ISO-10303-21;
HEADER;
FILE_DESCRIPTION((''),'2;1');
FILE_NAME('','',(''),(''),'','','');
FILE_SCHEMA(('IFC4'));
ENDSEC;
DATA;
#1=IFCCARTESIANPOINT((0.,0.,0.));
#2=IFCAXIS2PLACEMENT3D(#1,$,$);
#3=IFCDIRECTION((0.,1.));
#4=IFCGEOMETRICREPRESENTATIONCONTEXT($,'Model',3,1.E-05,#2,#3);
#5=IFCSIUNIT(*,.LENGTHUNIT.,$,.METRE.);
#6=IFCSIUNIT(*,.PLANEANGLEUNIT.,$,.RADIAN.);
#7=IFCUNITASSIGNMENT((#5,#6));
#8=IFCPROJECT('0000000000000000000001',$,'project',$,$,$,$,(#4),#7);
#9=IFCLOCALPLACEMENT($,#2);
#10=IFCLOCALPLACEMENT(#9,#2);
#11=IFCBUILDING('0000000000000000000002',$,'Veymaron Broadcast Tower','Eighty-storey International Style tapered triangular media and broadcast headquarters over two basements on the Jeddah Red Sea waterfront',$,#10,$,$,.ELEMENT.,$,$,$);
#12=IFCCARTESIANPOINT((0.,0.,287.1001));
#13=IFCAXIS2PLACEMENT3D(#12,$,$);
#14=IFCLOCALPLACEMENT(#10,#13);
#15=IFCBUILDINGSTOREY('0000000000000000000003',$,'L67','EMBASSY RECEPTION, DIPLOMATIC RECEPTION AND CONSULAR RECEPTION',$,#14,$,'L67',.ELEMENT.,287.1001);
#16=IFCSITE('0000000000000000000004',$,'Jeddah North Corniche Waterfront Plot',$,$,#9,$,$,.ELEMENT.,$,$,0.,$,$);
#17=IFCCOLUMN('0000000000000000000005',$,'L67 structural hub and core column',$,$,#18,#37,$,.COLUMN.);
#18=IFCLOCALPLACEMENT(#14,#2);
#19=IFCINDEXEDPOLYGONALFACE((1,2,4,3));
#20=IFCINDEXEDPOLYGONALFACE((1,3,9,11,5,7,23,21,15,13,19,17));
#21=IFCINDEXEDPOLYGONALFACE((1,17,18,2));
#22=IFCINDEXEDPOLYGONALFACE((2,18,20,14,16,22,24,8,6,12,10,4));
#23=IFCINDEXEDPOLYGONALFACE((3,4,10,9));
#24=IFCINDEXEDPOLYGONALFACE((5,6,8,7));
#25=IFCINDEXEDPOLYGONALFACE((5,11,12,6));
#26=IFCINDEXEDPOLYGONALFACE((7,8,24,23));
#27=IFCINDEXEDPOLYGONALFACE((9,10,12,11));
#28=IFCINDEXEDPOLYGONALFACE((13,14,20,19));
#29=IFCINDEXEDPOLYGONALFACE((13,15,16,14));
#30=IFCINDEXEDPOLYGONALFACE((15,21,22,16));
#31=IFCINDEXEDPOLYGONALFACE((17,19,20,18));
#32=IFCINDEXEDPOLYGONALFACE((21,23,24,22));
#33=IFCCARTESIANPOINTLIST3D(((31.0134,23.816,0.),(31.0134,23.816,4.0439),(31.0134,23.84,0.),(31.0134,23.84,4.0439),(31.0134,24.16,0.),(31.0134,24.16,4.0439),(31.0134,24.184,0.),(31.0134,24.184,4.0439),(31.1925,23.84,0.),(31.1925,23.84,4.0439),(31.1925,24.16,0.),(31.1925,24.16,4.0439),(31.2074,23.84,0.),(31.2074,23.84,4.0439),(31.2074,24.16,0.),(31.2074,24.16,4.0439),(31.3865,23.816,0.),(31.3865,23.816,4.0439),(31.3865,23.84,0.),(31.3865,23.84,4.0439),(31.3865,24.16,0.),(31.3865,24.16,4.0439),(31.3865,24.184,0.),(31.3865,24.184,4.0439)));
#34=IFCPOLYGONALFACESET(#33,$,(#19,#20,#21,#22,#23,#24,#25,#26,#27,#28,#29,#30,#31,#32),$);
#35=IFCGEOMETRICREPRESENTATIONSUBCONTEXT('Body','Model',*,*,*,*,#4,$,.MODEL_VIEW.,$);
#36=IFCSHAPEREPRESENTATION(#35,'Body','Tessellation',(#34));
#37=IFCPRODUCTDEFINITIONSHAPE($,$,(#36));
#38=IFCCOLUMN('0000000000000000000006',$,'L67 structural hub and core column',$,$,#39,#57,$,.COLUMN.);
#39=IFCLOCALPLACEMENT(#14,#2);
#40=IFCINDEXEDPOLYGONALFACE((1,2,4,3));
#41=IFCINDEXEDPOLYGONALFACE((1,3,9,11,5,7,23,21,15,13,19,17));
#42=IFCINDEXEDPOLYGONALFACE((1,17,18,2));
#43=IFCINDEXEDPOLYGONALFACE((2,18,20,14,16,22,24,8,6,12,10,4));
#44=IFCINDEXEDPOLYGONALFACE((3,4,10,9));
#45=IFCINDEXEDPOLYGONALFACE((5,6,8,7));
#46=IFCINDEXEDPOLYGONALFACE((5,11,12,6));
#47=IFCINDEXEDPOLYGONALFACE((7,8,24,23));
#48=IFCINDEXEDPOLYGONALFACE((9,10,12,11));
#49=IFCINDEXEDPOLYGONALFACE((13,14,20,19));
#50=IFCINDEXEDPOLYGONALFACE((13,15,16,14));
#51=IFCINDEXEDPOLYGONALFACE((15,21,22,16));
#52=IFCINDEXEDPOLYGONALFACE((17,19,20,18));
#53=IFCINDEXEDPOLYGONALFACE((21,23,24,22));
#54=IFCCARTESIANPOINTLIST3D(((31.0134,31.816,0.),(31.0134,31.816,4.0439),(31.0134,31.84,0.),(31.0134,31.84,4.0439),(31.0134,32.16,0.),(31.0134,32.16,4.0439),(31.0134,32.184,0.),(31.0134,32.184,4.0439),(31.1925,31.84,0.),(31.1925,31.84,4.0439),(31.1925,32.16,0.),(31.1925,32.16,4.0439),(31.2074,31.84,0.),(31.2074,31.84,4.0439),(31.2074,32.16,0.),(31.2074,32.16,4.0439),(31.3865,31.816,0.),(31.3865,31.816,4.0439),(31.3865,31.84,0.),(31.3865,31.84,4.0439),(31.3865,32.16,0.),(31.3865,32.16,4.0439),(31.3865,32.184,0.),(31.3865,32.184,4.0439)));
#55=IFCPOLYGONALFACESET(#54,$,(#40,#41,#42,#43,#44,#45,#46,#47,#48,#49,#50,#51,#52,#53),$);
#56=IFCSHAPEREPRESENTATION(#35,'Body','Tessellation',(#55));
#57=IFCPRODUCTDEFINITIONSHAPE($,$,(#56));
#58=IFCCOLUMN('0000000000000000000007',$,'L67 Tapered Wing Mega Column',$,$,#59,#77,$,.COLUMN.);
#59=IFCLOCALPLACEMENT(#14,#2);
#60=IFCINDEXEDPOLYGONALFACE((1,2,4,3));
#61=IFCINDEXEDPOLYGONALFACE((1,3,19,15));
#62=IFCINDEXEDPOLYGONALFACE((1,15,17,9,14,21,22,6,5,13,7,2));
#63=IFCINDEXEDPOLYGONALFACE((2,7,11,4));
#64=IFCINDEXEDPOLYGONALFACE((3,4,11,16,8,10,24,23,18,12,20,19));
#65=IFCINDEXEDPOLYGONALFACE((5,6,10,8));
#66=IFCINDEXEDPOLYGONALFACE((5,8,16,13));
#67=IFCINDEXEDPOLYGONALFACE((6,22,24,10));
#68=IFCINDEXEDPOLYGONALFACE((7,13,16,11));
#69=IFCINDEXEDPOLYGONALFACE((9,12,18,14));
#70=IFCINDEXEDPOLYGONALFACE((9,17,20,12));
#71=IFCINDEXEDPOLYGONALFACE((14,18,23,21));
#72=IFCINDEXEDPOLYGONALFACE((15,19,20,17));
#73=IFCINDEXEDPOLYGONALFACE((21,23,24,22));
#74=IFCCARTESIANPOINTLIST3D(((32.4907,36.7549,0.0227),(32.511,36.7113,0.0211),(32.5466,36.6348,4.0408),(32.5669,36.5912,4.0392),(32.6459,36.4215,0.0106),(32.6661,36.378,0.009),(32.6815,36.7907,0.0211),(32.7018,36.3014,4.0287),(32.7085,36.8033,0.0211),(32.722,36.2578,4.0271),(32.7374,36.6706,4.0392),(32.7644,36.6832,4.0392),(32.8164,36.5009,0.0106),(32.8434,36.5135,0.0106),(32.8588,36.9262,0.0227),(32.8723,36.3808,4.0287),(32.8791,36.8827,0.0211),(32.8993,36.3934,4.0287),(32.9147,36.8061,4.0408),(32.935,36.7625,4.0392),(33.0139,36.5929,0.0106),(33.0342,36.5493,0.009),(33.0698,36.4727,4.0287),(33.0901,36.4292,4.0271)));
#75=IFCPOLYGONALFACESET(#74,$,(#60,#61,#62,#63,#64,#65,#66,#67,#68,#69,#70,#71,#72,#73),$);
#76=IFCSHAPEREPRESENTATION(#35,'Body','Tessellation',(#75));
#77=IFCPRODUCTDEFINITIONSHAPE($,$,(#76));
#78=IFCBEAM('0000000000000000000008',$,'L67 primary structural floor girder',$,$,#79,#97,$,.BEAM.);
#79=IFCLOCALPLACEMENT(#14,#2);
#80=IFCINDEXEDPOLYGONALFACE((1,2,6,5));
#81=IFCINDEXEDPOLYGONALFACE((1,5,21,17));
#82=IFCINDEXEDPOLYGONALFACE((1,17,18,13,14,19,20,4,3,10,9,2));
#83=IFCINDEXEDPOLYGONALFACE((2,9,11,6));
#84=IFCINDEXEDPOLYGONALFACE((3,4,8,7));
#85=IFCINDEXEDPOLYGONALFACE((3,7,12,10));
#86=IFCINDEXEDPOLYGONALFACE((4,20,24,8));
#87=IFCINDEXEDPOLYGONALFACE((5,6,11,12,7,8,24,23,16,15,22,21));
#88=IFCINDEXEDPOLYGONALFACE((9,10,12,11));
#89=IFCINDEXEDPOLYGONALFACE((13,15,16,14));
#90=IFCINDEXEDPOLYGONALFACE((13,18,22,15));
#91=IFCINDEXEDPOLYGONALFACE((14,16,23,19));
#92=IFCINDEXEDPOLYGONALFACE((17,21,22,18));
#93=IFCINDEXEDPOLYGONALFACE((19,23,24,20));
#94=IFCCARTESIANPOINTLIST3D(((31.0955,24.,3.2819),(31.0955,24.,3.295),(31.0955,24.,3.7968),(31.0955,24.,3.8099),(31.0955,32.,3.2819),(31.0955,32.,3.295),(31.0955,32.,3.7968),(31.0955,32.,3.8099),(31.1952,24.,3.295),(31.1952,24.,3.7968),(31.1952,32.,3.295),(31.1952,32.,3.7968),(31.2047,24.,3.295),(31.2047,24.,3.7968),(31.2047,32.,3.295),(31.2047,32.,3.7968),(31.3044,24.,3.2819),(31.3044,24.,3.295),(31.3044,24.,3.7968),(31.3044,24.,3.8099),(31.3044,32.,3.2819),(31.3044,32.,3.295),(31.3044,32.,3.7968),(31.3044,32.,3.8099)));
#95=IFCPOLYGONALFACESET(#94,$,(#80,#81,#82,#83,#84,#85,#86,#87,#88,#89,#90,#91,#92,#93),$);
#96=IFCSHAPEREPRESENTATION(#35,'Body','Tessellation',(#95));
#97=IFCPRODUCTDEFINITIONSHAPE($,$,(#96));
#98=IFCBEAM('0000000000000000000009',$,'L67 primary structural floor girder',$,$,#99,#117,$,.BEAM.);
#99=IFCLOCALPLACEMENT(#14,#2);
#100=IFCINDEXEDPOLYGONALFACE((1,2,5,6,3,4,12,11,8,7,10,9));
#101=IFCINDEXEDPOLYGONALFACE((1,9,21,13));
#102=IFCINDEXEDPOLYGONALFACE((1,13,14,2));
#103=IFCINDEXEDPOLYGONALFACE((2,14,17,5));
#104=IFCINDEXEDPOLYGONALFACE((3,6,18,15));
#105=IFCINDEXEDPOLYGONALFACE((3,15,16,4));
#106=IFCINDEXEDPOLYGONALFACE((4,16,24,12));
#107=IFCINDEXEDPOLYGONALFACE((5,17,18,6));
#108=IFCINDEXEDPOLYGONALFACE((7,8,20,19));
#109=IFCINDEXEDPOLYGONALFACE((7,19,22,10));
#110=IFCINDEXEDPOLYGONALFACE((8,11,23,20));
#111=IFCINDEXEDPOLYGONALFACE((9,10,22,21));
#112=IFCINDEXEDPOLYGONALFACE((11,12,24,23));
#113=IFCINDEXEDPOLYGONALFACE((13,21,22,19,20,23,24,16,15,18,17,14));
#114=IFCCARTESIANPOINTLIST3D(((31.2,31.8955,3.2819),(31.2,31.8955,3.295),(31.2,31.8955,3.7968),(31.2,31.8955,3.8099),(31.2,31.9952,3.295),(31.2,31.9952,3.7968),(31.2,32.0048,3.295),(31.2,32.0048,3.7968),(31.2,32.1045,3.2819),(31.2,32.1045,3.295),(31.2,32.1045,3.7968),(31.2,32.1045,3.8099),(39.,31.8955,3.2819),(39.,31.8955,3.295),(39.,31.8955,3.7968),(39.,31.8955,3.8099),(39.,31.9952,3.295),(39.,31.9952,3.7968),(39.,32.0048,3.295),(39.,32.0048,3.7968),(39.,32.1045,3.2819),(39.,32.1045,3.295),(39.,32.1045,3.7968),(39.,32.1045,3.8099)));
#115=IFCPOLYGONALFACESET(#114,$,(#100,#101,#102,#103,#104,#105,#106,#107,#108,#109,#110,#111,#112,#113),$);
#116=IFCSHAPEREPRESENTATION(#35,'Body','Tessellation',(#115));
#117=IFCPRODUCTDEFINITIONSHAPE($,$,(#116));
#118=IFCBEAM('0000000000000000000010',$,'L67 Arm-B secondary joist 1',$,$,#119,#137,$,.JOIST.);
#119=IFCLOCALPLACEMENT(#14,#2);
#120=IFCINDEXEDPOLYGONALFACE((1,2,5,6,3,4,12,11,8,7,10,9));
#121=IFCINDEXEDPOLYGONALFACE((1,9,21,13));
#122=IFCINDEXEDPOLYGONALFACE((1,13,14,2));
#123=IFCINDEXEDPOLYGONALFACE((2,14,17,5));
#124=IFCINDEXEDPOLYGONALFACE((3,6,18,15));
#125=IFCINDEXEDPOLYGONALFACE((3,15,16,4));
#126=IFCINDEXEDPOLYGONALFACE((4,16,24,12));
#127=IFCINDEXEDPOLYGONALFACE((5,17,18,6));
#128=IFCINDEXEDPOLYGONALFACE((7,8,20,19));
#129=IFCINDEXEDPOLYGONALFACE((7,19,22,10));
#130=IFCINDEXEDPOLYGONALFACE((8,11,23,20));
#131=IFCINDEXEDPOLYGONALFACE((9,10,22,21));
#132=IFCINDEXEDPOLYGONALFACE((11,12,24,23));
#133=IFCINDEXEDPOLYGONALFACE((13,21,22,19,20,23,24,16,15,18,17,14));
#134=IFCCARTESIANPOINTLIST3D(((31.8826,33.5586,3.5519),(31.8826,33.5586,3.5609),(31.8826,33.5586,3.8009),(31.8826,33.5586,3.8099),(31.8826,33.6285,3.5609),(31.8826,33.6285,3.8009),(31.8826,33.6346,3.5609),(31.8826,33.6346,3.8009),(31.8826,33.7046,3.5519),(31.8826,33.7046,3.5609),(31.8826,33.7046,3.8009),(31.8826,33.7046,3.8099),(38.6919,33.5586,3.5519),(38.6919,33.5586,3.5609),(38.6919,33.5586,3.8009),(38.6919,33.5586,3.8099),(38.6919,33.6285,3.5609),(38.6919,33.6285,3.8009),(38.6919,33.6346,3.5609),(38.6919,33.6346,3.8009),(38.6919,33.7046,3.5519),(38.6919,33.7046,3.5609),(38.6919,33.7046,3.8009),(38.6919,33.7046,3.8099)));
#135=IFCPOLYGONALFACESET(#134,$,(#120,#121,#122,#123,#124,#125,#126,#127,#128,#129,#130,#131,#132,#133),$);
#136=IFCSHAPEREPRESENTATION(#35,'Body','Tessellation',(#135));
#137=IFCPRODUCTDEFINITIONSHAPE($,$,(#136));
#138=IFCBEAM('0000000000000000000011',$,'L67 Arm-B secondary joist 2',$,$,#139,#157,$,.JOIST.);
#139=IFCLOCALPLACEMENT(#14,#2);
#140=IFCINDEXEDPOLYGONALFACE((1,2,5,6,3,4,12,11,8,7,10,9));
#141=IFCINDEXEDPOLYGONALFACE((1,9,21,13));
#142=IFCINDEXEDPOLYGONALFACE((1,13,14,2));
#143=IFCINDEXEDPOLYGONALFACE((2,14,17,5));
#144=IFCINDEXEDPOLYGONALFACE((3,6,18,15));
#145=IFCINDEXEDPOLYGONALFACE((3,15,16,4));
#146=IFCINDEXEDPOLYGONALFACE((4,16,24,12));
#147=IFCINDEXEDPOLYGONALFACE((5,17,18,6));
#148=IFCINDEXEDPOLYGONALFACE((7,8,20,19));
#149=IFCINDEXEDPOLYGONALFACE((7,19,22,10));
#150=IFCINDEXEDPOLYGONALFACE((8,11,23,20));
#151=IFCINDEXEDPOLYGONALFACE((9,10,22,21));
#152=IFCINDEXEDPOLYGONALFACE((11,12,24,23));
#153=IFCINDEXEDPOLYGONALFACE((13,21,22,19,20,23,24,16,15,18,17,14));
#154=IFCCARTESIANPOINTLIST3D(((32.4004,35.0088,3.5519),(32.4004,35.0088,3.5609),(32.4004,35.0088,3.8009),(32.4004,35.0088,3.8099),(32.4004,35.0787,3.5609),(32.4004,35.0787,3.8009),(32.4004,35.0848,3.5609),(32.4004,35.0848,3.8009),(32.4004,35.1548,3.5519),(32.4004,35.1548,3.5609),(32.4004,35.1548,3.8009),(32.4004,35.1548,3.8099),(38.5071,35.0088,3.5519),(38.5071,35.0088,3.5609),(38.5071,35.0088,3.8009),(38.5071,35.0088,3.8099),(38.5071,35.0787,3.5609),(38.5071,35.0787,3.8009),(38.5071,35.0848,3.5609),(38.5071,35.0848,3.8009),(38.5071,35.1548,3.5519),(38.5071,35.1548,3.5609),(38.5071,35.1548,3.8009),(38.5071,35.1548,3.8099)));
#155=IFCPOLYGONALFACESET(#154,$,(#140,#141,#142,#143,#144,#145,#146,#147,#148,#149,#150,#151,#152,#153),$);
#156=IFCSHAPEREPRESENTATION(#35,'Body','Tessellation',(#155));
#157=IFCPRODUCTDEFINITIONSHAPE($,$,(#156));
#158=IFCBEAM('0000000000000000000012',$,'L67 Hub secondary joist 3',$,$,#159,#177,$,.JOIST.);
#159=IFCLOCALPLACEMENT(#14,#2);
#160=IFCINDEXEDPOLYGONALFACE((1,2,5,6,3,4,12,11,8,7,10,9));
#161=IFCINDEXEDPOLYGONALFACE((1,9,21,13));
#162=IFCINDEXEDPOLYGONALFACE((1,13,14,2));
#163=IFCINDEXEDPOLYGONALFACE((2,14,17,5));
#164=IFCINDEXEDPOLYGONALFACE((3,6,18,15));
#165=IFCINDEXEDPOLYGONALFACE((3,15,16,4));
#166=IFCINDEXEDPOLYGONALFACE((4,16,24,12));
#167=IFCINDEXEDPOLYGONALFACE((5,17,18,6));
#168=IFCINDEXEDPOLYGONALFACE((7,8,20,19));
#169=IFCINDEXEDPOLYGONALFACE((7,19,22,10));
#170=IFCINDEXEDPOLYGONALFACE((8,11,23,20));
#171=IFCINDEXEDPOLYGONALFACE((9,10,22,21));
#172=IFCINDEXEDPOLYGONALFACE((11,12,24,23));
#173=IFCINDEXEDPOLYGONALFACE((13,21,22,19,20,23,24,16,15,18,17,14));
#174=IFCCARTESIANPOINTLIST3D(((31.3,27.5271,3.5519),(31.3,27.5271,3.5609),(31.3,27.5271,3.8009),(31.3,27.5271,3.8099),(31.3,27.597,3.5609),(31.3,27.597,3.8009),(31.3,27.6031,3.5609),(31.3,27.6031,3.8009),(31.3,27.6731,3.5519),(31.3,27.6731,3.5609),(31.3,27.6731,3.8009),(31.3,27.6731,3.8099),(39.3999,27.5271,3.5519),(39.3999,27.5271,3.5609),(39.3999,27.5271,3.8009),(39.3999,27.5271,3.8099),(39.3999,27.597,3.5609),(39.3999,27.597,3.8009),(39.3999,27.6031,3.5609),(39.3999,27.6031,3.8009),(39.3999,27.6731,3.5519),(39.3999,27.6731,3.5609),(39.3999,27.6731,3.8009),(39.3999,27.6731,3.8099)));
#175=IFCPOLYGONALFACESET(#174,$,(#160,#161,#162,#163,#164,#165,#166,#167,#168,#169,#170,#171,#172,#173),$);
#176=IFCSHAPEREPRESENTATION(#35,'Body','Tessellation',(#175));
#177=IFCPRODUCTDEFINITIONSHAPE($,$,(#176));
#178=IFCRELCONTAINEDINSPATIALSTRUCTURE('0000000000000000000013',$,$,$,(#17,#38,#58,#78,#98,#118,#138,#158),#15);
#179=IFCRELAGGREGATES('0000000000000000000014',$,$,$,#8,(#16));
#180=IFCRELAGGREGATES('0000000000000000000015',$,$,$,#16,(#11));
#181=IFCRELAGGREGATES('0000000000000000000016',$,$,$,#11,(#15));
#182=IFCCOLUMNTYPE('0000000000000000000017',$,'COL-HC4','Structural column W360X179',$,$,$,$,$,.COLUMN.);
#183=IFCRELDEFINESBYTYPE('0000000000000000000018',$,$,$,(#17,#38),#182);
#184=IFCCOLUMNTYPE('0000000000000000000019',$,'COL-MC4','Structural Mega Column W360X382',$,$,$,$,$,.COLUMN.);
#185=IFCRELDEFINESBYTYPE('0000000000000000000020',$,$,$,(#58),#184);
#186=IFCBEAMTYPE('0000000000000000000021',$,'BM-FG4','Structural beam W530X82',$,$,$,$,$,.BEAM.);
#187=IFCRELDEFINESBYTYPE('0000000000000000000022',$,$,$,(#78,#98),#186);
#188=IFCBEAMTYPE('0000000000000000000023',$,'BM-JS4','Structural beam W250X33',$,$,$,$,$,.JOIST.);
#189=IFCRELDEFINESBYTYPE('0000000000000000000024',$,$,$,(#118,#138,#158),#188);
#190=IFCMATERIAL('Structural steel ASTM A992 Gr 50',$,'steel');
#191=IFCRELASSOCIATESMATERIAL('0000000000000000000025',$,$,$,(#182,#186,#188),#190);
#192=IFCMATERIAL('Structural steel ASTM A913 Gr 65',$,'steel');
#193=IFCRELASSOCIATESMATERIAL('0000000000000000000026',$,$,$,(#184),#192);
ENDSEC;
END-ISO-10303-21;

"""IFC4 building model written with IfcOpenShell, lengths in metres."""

from ifc_helpers import new_model, si_unit, direction, frame, origin, origin_2d, place, context, subcontext, project, spatial, i_section, extrude, material, material_profile, profile_set, type_object, element, save


model = new_model("IFC4")

# Units and contexts
model_context = context("Model", 3, precision=1e-05, world=origin(), true_north=direction((0.0, 1.0)))
body_context = subcontext(model_context, "Body", "Model", "MODEL_VIEW")
ifc_project = project(units=[si_unit("LENGTHUNIT", "METRE"), si_unit("PLANEANGLEUNIT", "RADIAN")], contexts=[model_context])

# Site, building, storey
site_placement = place(None, origin())
site = spatial("IfcSite", under=ifc_project, at=site_placement, Name="Jeddah North Corniche Waterfront Plot", CompositionType="ELEMENT", RefElevation=0.0)
building_placement = place(site_placement, origin())
building = spatial("IfcBuilding", under=site, at=building_placement, Name="Veymaron Broadcast Tower", Description="Eighty-storey International Style tapered triangular media and broadcast headquarters over two basements on the Jeddah Red Sea waterfront", CompositionType="ELEMENT")
storey_placement = place(building_placement, frame((0.0, 0.0, 287.1001)))
storey = spatial("IfcBuildingStorey", under=building, at=storey_placement, Name="L67", Description="EMBASSY RECEPTION, DIPLOMATIC RECEPTION AND CONSULAR RECEPTION", LongName="L67", CompositionType="ELEMENT", Elevation=287.1001)

# Columns
ifc_material_1 = material(Name="Structural steel ASTM A992 Gr 50", Category="steel")
ifc_material_profile_1 = material_profile(ifc_material_1, i_section(OverallWidth=0.373, OverallDepth=0.3679, WebThickness=0.0149, FlangeThickness=0.0239, at=origin_2d()), Name="W360X179")
ifc_profile_set_1 = profile_set([ifc_material_profile_1], Name="Structural steel ASTM A992 Gr 50")
column_type_1 = type_object("IfcColumnType", Name="COL-HC4", Description="Structural column W360X179", PredefinedType="COLUMN", material=ifc_profile_set_1)
for number, where, z_axis, x_axis, name in (
    (1, (31.2, 24.0, 0.0), (0.0, 0.0, 1.0), (1.0, 0.0, 0.0), "L67 structural hub and core column"),
    (2, (31.2, 32.0, 0.0), (0.0, 0.0, 1.0), (1.0, 0.0, 0.0), "L67 structural hub and core column"),
):
    element("IfcColumn", number, at=place(storey_placement, frame(where, z_axis=z_axis, x_axis=x_axis)), inside=storey, type_object=column_type_1, Name=name, PredefinedType="COLUMN", context=body_context, shape_type="SweptSolid", body=[
        extrude(i_section(OverallWidth=0.373, OverallDepth=0.3679, WebThickness=0.0149, FlangeThickness=0.0239, at=origin_2d()), origin(), (0.0, 0.0, 1.0), 4.0439),
    ])
ifc_material_2 = material(Name="Structural steel ASTM A913 Gr 65", Category="steel")
ifc_material_profile_2 = material_profile(ifc_material_2, i_section(OverallWidth=0.406, OverallDepth=0.416, WebThickness=0.0298, FlangeThickness=0.0481, at=origin_2d()), Name="W360X382")
ifc_profile_set_2 = profile_set([ifc_material_profile_2], Name="Structural steel ASTM A913 Gr 65")
column_type_2 = type_object("IfcColumnType", Name="COL-MC4", Description="Structural Mega Column W360X382", PredefinedType="COLUMN", material=ifc_profile_set_2)
column_placement = place(storey_placement, frame((32.7625, 36.6521, 0.0159), z_axis=(0.013907, -0.029878, 0.999457), x_axis=(0.906606, 0.421977, 0.0)))
element("IfcColumn", 3, at=column_placement, inside=storey, type_object=column_type_2, Name="L67 Tapered Wing Mega Column", PredefinedType="COLUMN", context=body_context, shape_type="SweptSolid", body=[
    extrude(i_section(OverallWidth=0.406, OverallDepth=0.416, WebThickness=0.0298, FlangeThickness=0.0481, at=origin_2d()), origin(), (0.0, 0.0, 1.0), 4.0203),
])

# Beams
ifc_material_profile_3 = material_profile(ifc_material_1, i_section(OverallWidth=0.209, OverallDepth=0.5281, WebThickness=0.0095, FlangeThickness=0.0132, at=origin_2d()), Name="W530X82")
ifc_profile_set_3 = profile_set([ifc_material_profile_3], Name="Structural steel ASTM A992 Gr 50")
beam_type_1 = type_object("IfcBeamType", Name="BM-FG4", Description="Structural beam W530X82", PredefinedType="BEAM", material=ifc_profile_set_3)
beam_1_placement = place(storey_placement, frame((31.2, 24.0, 3.5459), z_axis=(0.0, 1.0, 0.0), x_axis=(-1.0, 0.0, 0.0)))
element("IfcBeam", 4, at=beam_1_placement, inside=storey, type_object=beam_type_1, Name="L67 primary structural floor girder", PredefinedType="BEAM", context=body_context, shape_type="SweptSolid", body=[
    extrude(i_section(OverallWidth=0.209, OverallDepth=0.5281, WebThickness=0.0095, FlangeThickness=0.0132, at=origin_2d()), origin(), (0.0, 0.0, 1.0), 8.0),
])
beam_2_placement = place(storey_placement, frame((31.2, 32.0, 3.5459), z_axis=(1.0, 0.0, 0.0), x_axis=(0.0, 1.0, 0.0)))
element("IfcBeam", 5, at=beam_2_placement, inside=storey, type_object=beam_type_1, Name="L67 primary structural floor girder", PredefinedType="BEAM", context=body_context, shape_type="SweptSolid", body=[
    extrude(i_section(OverallWidth=0.209, OverallDepth=0.5281, WebThickness=0.0095, FlangeThickness=0.0132, at=origin_2d()), origin(), (0.0, 0.0, 1.0), 7.8),
])
ifc_material_profile_4 = material_profile(ifc_material_1, i_section(OverallWidth=0.146, OverallDepth=0.2581, WebThickness=0.0061, FlangeThickness=0.009, at=origin_2d()), Name="W250X33")
ifc_profile_set_4 = profile_set([ifc_material_profile_4], Name="Structural steel ASTM A992 Gr 50")
beam_type_2 = type_object("IfcBeamType", Name="BM-JS4", Description="Structural beam W250X33", PredefinedType="JOIST", material=ifc_profile_set_4)
beam_3_placement = place(storey_placement, frame((31.8826, 33.6316, 3.6809), z_axis=(1.0, 0.0, 0.0), x_axis=(0.0, 1.0, 0.0)))
element("IfcBeam", 6, at=beam_3_placement, inside=storey, type_object=beam_type_2, Name="L67 Arm-B secondary joist 1", PredefinedType="JOIST", context=body_context, shape_type="SweptSolid", body=[
    extrude(i_section(OverallWidth=0.146, OverallDepth=0.2581, WebThickness=0.0061, FlangeThickness=0.009, at=origin_2d()), origin(), (0.0, 0.0, 1.0), 6.8093),
])
beam_4_placement = place(storey_placement, frame((32.4004, 35.0818, 3.6809), z_axis=(1.0, 0.0, 0.0), x_axis=(0.0, 1.0, 0.0)))
element("IfcBeam", 7, at=beam_4_placement, inside=storey, type_object=beam_type_2, Name="L67 Arm-B secondary joist 2", PredefinedType="JOIST", context=body_context, shape_type="SweptSolid", body=[
    extrude(i_section(OverallWidth=0.146, OverallDepth=0.2581, WebThickness=0.0061, FlangeThickness=0.009, at=origin_2d()), origin(), (0.0, 0.0, 1.0), 6.1067),
])
for number, where, z_axis, x_axis, name in (
    (8, (31.3, 27.6001, 3.6809), (1.0, 0.0, 0.0), (0.0, 1.0, 0.0), "L67 Hub secondary joist 3"),
):
    element("IfcBeam", number, at=place(storey_placement, frame(where, z_axis=z_axis, x_axis=x_axis)), inside=storey, type_object=beam_type_2, Name=name, PredefinedType="JOIST", context=body_context, shape_type="SweptSolid", body=[
        extrude(i_section(OverallWidth=0.146, OverallDepth=0.2581, WebThickness=0.0061, FlangeThickness=0.009, at=origin_2d()), origin(), (0.0, 0.0, 1.0), 8.0999),
    ])

save(model, "model.ifc")
